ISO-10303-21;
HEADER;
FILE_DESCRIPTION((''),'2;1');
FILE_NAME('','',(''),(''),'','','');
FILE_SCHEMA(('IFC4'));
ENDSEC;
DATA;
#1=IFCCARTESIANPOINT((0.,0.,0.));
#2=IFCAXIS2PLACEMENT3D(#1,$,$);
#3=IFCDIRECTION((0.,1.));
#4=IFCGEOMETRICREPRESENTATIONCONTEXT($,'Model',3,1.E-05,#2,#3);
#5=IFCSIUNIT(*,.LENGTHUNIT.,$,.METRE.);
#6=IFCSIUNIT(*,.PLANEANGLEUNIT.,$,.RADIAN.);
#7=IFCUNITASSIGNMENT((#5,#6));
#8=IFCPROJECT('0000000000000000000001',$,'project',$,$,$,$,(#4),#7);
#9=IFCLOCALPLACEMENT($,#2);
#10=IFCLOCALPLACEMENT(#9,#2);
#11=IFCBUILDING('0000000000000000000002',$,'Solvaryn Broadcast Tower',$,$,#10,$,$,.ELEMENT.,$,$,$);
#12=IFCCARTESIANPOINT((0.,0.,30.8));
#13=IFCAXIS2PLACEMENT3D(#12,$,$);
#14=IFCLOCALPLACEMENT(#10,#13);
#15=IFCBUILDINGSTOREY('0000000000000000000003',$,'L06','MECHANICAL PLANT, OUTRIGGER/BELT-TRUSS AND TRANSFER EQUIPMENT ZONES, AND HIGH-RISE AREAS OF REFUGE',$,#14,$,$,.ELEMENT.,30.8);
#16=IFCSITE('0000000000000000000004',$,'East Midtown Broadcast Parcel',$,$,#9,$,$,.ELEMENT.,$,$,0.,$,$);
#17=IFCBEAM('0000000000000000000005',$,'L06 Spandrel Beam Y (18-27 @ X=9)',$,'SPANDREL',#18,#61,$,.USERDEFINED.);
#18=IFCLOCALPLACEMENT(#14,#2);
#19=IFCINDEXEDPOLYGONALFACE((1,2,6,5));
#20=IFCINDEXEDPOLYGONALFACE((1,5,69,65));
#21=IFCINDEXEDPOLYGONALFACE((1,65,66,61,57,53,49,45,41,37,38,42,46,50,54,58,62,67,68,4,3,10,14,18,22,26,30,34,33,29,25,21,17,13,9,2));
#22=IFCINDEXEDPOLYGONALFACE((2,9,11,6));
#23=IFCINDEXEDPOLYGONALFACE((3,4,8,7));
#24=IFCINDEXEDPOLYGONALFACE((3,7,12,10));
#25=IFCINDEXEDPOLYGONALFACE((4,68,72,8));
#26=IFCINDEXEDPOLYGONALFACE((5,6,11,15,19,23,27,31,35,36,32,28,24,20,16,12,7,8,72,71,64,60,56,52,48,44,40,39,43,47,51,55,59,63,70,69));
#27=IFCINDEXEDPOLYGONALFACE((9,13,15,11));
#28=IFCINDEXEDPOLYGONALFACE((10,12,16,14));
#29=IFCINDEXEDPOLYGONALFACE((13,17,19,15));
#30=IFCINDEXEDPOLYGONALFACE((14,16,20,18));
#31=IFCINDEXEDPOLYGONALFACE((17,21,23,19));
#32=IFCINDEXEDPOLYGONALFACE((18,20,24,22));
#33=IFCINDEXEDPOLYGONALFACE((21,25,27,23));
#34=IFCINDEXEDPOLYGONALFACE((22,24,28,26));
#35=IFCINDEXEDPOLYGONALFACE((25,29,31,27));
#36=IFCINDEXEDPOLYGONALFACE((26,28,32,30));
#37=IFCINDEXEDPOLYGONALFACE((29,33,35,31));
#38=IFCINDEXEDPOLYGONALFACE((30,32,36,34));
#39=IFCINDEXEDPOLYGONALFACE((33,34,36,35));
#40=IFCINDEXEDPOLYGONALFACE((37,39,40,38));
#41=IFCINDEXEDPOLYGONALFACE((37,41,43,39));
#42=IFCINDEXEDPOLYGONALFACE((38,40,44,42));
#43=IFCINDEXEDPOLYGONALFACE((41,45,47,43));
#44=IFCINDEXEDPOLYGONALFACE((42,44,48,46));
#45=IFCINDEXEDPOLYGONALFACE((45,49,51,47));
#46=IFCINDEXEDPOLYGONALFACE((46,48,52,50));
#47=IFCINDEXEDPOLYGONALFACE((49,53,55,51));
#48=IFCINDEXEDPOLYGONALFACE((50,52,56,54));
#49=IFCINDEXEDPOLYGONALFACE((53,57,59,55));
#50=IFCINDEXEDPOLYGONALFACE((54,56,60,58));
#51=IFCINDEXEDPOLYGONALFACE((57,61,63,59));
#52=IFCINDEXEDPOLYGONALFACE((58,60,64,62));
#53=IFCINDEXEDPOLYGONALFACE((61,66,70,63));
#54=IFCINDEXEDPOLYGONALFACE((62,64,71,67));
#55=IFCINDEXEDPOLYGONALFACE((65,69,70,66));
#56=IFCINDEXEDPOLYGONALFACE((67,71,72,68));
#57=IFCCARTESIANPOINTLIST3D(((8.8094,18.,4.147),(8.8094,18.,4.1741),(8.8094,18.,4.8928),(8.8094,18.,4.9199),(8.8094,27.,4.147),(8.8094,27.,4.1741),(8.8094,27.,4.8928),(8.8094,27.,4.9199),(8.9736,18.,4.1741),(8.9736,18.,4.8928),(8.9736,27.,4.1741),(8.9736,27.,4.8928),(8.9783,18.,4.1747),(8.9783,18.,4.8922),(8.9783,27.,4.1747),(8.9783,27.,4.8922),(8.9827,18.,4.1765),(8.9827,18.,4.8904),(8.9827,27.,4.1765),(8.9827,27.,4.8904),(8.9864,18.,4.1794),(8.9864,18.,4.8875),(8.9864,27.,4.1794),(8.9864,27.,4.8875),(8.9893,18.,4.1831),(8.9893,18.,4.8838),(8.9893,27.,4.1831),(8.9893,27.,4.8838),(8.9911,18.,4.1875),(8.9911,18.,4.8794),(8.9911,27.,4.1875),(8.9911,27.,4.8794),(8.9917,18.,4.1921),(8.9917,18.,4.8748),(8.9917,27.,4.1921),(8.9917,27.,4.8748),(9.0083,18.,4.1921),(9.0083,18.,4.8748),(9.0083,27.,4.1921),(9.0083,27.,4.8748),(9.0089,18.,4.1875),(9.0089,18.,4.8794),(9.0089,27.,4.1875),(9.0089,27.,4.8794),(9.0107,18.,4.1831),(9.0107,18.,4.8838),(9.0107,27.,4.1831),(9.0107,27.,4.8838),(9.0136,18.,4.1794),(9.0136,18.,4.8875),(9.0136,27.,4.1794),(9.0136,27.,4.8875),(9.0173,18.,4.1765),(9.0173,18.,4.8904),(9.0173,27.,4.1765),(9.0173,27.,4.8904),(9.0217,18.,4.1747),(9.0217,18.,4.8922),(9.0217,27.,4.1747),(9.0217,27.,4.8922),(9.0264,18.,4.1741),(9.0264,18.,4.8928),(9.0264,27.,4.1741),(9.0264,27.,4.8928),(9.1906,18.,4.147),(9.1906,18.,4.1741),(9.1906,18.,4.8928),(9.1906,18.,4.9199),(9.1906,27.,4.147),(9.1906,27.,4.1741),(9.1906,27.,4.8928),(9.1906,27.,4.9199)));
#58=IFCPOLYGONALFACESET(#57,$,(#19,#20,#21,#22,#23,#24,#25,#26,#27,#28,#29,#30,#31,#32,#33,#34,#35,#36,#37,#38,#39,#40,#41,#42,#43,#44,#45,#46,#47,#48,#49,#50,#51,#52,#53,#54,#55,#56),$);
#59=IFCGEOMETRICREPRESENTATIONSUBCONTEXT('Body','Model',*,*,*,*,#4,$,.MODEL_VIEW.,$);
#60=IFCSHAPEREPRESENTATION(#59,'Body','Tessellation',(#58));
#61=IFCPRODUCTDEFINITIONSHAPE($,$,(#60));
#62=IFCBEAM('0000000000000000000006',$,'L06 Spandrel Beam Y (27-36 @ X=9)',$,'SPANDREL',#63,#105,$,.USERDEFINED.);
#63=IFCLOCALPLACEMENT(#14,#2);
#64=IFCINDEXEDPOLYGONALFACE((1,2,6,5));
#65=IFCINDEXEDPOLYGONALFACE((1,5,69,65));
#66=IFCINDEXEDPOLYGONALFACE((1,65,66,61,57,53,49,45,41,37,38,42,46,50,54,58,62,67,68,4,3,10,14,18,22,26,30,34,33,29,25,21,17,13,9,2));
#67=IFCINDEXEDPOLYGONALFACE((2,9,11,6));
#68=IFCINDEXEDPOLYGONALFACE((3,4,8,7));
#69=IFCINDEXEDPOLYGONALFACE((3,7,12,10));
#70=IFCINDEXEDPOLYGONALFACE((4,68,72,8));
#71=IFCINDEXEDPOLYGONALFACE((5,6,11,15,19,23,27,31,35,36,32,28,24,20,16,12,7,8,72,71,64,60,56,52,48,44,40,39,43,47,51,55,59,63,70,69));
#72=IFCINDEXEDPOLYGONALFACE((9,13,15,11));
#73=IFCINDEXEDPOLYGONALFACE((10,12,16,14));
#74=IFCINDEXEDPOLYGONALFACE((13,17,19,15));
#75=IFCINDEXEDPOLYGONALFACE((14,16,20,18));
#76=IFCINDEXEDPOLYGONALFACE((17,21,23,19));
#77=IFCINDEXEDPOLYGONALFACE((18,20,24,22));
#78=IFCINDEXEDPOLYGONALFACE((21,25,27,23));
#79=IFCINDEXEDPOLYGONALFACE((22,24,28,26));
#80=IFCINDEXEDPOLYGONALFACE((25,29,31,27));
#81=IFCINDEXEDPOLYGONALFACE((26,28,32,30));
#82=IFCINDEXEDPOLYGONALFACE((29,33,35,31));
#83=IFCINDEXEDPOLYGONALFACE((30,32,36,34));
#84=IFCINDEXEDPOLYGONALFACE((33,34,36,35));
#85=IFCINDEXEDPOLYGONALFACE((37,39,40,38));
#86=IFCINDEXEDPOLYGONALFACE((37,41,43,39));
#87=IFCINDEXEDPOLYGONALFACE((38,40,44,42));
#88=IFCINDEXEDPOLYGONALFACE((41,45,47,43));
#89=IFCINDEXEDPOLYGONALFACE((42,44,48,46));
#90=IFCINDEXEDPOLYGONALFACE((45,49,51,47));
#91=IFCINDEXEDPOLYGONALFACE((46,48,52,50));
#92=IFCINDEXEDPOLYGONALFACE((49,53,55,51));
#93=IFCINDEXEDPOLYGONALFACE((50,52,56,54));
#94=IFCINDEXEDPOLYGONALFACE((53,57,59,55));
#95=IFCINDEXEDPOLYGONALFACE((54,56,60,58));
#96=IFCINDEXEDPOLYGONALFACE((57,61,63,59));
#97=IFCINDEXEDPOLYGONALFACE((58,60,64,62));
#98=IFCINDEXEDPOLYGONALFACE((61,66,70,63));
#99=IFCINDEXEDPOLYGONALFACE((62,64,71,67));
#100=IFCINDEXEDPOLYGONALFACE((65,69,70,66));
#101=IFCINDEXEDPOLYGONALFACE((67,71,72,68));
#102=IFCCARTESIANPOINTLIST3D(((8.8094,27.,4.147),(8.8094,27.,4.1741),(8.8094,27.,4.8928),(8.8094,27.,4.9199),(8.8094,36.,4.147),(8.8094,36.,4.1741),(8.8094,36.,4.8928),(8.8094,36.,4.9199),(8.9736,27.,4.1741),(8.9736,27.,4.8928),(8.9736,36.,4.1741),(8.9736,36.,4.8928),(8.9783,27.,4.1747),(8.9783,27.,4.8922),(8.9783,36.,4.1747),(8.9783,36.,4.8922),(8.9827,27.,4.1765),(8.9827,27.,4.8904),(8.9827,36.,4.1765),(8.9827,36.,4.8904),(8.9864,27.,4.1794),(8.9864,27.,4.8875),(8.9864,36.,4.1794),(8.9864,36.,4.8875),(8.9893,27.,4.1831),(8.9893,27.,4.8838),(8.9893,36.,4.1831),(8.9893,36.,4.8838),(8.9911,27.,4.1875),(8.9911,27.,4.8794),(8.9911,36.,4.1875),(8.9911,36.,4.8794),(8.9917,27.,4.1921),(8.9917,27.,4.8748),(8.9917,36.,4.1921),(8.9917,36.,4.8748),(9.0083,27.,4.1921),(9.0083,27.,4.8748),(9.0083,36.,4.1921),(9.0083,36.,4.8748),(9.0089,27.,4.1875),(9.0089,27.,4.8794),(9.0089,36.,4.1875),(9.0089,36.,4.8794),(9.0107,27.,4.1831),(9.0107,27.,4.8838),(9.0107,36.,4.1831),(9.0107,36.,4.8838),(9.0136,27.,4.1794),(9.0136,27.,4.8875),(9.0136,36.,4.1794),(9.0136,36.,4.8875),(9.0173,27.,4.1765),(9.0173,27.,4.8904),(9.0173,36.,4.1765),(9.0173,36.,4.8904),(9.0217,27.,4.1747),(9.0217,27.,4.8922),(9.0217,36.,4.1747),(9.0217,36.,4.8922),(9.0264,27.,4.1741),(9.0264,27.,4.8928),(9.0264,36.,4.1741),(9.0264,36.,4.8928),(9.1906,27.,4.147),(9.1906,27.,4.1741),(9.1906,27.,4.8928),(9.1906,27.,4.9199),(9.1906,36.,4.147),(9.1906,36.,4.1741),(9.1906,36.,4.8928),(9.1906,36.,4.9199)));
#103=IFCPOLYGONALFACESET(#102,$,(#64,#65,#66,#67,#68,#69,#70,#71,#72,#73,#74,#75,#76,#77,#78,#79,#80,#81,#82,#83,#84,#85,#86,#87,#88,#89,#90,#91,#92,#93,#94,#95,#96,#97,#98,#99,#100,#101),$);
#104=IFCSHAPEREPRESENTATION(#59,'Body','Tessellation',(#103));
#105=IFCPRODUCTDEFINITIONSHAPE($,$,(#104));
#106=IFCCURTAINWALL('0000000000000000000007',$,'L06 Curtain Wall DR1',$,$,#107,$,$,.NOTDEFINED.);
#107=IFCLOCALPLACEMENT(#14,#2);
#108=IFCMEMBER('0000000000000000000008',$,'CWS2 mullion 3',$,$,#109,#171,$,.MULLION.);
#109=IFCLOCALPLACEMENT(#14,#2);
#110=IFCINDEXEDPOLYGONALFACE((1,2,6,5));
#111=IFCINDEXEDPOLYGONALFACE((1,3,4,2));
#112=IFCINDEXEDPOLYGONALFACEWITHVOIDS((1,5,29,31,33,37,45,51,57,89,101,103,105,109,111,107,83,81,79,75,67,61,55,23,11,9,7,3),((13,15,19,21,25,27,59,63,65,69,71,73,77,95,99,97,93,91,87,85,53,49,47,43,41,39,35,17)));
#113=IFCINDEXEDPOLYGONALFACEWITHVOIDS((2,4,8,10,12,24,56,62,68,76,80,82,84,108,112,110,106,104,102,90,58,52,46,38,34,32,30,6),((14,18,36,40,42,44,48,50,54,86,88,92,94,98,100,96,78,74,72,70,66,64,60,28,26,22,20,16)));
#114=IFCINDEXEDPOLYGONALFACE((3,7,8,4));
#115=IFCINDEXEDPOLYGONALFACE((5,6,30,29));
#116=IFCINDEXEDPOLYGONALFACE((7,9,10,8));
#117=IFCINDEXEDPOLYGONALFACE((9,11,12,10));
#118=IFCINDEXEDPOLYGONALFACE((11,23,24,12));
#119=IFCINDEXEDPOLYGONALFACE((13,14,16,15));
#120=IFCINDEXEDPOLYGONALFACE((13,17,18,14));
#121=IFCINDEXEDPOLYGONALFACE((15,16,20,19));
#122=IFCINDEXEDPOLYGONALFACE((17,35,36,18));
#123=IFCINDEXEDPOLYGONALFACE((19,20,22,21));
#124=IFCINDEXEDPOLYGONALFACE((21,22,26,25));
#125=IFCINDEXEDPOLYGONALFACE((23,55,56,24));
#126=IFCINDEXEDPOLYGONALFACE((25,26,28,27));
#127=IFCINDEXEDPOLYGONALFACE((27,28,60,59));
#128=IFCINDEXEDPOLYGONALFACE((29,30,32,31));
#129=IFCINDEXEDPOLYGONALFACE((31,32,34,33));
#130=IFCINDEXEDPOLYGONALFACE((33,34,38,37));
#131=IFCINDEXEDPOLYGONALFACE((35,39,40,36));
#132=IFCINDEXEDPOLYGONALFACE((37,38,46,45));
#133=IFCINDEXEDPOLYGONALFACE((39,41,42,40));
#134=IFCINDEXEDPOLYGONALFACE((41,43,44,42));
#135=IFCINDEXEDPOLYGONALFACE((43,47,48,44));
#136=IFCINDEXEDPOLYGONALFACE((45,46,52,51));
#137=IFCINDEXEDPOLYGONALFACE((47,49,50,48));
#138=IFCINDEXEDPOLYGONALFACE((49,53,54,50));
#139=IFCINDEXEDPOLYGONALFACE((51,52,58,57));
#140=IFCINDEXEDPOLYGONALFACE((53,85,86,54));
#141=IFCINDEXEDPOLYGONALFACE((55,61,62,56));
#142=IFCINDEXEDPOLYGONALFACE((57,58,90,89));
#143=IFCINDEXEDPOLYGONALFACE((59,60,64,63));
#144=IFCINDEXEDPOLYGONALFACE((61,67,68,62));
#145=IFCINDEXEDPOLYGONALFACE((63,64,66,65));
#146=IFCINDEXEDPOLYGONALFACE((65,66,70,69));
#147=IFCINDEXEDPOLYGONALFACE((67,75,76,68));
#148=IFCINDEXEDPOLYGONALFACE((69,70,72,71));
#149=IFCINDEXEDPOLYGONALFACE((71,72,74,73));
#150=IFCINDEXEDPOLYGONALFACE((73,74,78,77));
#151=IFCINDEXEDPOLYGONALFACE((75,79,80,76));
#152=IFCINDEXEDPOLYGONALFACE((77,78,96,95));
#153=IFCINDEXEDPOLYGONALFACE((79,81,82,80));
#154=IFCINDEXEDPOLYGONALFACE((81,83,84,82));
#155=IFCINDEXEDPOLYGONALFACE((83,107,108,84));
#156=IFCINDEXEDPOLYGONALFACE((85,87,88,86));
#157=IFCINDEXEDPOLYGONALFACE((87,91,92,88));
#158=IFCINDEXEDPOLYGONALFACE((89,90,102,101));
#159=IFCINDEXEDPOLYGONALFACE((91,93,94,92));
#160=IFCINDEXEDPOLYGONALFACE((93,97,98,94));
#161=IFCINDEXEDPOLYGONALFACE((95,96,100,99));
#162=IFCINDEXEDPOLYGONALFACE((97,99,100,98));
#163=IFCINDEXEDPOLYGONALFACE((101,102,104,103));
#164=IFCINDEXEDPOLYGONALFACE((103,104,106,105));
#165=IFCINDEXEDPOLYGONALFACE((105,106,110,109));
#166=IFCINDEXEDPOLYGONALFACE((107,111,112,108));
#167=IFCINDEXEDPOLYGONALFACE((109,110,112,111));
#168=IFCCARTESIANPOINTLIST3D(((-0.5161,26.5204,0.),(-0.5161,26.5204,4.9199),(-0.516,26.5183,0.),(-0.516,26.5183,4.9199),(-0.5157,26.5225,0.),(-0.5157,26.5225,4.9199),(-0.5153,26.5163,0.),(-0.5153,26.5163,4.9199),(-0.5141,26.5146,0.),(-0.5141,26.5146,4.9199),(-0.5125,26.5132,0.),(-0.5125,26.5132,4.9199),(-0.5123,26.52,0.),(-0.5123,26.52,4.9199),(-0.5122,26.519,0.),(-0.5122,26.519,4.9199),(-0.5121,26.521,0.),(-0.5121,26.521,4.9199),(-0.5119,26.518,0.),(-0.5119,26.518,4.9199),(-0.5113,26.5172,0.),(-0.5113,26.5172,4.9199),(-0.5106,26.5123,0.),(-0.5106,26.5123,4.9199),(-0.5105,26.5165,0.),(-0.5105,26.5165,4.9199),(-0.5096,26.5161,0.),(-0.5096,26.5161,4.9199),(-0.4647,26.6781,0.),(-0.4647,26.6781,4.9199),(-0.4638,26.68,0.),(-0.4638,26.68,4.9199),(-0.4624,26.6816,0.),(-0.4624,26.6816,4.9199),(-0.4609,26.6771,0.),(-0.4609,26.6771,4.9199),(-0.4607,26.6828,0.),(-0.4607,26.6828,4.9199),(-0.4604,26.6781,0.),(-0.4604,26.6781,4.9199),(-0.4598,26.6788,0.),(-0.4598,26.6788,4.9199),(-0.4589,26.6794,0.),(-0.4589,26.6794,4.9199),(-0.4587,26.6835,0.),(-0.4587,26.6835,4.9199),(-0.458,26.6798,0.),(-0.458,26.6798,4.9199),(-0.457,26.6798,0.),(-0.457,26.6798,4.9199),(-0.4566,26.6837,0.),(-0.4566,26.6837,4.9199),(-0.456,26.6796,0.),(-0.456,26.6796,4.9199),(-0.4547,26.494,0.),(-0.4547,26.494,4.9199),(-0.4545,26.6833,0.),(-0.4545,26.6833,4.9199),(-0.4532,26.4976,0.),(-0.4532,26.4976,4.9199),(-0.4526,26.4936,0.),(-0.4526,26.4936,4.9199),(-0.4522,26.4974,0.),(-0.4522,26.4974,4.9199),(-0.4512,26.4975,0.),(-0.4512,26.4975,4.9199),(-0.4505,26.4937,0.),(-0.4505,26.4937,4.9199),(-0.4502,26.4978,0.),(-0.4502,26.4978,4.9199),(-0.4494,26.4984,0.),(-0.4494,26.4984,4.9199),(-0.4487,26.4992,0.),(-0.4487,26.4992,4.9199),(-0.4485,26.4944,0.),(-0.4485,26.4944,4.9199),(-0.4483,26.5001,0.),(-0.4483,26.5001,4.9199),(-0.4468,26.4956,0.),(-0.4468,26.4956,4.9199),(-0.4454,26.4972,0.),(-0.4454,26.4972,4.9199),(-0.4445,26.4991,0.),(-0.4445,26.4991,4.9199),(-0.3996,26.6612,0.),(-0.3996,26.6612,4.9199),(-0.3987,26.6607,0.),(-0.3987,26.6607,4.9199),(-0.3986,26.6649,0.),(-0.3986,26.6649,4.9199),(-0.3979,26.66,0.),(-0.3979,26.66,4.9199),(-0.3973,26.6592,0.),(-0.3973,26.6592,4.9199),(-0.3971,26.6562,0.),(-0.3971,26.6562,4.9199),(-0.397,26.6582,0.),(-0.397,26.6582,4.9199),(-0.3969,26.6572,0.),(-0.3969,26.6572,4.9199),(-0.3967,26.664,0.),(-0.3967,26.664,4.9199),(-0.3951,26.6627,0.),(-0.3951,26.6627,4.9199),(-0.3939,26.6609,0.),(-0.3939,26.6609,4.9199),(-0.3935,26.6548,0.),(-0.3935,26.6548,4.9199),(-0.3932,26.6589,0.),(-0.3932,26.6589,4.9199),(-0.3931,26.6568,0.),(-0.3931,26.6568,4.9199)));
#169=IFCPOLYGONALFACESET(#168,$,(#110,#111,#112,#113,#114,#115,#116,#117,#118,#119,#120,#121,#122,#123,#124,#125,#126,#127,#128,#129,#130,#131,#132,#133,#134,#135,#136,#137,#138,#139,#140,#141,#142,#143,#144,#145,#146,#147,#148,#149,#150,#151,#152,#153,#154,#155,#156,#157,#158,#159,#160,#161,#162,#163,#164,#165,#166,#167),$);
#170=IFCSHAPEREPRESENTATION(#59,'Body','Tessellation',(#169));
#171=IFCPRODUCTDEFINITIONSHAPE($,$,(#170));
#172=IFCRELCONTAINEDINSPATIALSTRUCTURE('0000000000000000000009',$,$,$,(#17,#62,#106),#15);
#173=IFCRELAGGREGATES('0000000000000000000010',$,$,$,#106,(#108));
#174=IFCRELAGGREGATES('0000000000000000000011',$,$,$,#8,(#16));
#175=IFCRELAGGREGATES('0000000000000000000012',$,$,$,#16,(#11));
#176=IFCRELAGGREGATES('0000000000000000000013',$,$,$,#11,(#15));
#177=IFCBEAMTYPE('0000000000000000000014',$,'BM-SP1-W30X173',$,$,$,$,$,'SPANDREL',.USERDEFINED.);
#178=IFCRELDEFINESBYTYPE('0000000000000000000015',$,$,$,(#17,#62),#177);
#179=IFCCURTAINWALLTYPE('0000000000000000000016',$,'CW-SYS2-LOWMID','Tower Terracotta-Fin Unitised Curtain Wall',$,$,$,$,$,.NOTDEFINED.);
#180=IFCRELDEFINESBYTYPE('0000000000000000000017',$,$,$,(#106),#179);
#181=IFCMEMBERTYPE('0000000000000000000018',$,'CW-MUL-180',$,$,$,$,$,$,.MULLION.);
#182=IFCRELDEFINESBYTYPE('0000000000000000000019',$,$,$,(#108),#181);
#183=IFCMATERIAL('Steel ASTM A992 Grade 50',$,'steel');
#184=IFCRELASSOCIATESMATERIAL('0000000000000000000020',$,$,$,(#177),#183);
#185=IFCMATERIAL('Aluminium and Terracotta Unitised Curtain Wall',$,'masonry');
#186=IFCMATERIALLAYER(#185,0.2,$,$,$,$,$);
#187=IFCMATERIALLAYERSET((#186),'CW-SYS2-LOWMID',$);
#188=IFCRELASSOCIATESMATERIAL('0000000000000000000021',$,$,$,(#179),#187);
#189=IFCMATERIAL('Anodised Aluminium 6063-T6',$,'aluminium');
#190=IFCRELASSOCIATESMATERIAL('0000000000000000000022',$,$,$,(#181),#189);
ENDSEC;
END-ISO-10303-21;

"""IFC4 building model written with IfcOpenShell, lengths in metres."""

from ifc_helpers import new_model, si_unit, direction, frame, origin, origin_2d, place, context, subcontext, project, spatial, hollow_rectangle, i_section, extrude, material, layer, layer_set, material_profile, profile_set, type_object, element, aggregate, save


model = new_model("IFC4")

# Units and contexts
model_context = context("Model", 3, precision=1e-05, world=origin(), true_north=direction((0.0, 1.0)))
body_context = subcontext(model_context, "Body", "Model", "MODEL_VIEW")
ifc_project = project(units=[si_unit("LENGTHUNIT", "METRE"), si_unit("PLANEANGLEUNIT", "RADIAN")], contexts=[model_context])

# Site, building, storey
site_placement = place(None, origin())
site = spatial("IfcSite", under=ifc_project, at=site_placement, Name="East Midtown Broadcast Parcel", CompositionType="ELEMENT", RefElevation=0.0)
building_placement = place(site_placement, origin())
building = spatial("IfcBuilding", under=site, at=building_placement, Name="Solvaryn Broadcast Tower", CompositionType="ELEMENT")
storey_placement = place(building_placement, frame((0.0, 0.0, 30.8)))
storey = spatial("IfcBuildingStorey", under=building, at=storey_placement, Name="L06", Description="MECHANICAL PLANT, OUTRIGGER/BELT-TRUSS AND TRANSFER EQUIPMENT ZONES, AND HIGH-RISE AREAS OF REFUGE", CompositionType="ELEMENT", Elevation=30.8)

# Beams
ifc_material_1 = material(Name="Steel ASTM A992 Grade 50", Category="steel")
ifc_material_profile_1 = material_profile(ifc_material_1, i_section(OverallWidth=0.3811, OverallDepth=0.7729, WebThickness=0.0166, FlangeThickness=0.0271, FilletRadius=0.0181, at=origin_2d()))
ifc_profile_set_1 = profile_set([ifc_material_profile_1], Name="Steel ASTM A992 Grade 50")
beam_type_1 = type_object("IfcBeamType", Name="BM-SP1-W30X173", ElementType="SPANDREL", PredefinedType="USERDEFINED", material=ifc_profile_set_1)
for number, where, z_axis, x_axis, name in (
    (1, (9.0, 18.0, 4.5334), (0.0, 1.0, 0.0), (-1.0, 0.0, 0.0), "L06 Spandrel Beam Y (18-27 @ X=9)"),
    (2, (9.0, 27.0, 4.5334), (0.0, 1.0, 0.0), (-1.0, 0.0, 0.0), "L06 Spandrel Beam Y (27-36 @ X=9)"),
):
    element("IfcBeam", number, at=place(storey_placement, frame(where, z_axis=z_axis, x_axis=x_axis)), inside=storey, type_object=beam_type_1, Name=name, ObjectType="SPANDREL", PredefinedType="USERDEFINED", context=body_context, shape_type="SweptSolid", body=[
        extrude(i_section(OverallWidth=0.3811, OverallDepth=0.7729, WebThickness=0.0166, FlangeThickness=0.0271, FilletRadius=0.0181, at=origin_2d()), origin(), (0.0, 0.0, 1.0), 9.0),
    ])

# Curtain wall, member
ifc_material_2 = material(Name="Aluminium and Terracotta Unitised Curtain Wall", Category="masonry")
ifc_layer_1 = layer(ifc_material_2, 0.2)
ifc_layer_set_1 = layer_set([ifc_layer_1], Name="CW-SYS2-LOWMID")
curtain_wall_type = type_object("IfcCurtainWallType", Name="CW-SYS2-LOWMID", Description="Tower Terracotta-Fin Unitised Curtain Wall", PredefinedType="NOTDEFINED", material=ifc_layer_set_1)
curtain_wall_1_placement = place(storey_placement, origin())
curtain_wall_1 = element("IfcCurtainWall", 3, at=curtain_wall_1_placement, inside=storey, type_object=curtain_wall_type, Name="L06 Curtain Wall DR1", PredefinedType="NOTDEFINED")
ifc_material_3 = material(Name="Anodised Aluminium 6063-T6", Category="aluminium")
ifc_material_profile_2 = material_profile(ifc_material_3, hollow_rectangle(XDim=0.075, YDim=0.1799, WallThickness=0.0039, InnerFilletRadius=0.0039, OuterFilletRadius=0.0081, at=origin_2d()))
ifc_profile_set_2 = profile_set([ifc_material_profile_2], Name="Anodised Aluminium 6063-T6")
member_type_1 = type_object("IfcMemberType", Name="CW-MUL-180", PredefinedType="MULLION", material=ifc_profile_set_2)
member_1_placement = place(storey_placement, frame((-0.4546, 26.5886, 0.0), z_axis=(0.0, 0.0, 1.0), x_axis=(0.950215, -0.311594, 0.0)))
member_1 = element("IfcMember", 4, at=member_1_placement, type_object=member_type_1, Name="CWS2 mullion 3", PredefinedType="MULLION", context=body_context, shape_type="SweptSolid", body=[
    extrude(hollow_rectangle(XDim=0.075, YDim=0.1799, WallThickness=0.0039, InnerFilletRadius=0.0039, OuterFilletRadius=0.0081, at=origin_2d()), origin(), (0.0, 0.0, 1.0), 4.9199),
])

aggregate(curtain_wall_1, [member_1])

save(model, "model.ifc")
